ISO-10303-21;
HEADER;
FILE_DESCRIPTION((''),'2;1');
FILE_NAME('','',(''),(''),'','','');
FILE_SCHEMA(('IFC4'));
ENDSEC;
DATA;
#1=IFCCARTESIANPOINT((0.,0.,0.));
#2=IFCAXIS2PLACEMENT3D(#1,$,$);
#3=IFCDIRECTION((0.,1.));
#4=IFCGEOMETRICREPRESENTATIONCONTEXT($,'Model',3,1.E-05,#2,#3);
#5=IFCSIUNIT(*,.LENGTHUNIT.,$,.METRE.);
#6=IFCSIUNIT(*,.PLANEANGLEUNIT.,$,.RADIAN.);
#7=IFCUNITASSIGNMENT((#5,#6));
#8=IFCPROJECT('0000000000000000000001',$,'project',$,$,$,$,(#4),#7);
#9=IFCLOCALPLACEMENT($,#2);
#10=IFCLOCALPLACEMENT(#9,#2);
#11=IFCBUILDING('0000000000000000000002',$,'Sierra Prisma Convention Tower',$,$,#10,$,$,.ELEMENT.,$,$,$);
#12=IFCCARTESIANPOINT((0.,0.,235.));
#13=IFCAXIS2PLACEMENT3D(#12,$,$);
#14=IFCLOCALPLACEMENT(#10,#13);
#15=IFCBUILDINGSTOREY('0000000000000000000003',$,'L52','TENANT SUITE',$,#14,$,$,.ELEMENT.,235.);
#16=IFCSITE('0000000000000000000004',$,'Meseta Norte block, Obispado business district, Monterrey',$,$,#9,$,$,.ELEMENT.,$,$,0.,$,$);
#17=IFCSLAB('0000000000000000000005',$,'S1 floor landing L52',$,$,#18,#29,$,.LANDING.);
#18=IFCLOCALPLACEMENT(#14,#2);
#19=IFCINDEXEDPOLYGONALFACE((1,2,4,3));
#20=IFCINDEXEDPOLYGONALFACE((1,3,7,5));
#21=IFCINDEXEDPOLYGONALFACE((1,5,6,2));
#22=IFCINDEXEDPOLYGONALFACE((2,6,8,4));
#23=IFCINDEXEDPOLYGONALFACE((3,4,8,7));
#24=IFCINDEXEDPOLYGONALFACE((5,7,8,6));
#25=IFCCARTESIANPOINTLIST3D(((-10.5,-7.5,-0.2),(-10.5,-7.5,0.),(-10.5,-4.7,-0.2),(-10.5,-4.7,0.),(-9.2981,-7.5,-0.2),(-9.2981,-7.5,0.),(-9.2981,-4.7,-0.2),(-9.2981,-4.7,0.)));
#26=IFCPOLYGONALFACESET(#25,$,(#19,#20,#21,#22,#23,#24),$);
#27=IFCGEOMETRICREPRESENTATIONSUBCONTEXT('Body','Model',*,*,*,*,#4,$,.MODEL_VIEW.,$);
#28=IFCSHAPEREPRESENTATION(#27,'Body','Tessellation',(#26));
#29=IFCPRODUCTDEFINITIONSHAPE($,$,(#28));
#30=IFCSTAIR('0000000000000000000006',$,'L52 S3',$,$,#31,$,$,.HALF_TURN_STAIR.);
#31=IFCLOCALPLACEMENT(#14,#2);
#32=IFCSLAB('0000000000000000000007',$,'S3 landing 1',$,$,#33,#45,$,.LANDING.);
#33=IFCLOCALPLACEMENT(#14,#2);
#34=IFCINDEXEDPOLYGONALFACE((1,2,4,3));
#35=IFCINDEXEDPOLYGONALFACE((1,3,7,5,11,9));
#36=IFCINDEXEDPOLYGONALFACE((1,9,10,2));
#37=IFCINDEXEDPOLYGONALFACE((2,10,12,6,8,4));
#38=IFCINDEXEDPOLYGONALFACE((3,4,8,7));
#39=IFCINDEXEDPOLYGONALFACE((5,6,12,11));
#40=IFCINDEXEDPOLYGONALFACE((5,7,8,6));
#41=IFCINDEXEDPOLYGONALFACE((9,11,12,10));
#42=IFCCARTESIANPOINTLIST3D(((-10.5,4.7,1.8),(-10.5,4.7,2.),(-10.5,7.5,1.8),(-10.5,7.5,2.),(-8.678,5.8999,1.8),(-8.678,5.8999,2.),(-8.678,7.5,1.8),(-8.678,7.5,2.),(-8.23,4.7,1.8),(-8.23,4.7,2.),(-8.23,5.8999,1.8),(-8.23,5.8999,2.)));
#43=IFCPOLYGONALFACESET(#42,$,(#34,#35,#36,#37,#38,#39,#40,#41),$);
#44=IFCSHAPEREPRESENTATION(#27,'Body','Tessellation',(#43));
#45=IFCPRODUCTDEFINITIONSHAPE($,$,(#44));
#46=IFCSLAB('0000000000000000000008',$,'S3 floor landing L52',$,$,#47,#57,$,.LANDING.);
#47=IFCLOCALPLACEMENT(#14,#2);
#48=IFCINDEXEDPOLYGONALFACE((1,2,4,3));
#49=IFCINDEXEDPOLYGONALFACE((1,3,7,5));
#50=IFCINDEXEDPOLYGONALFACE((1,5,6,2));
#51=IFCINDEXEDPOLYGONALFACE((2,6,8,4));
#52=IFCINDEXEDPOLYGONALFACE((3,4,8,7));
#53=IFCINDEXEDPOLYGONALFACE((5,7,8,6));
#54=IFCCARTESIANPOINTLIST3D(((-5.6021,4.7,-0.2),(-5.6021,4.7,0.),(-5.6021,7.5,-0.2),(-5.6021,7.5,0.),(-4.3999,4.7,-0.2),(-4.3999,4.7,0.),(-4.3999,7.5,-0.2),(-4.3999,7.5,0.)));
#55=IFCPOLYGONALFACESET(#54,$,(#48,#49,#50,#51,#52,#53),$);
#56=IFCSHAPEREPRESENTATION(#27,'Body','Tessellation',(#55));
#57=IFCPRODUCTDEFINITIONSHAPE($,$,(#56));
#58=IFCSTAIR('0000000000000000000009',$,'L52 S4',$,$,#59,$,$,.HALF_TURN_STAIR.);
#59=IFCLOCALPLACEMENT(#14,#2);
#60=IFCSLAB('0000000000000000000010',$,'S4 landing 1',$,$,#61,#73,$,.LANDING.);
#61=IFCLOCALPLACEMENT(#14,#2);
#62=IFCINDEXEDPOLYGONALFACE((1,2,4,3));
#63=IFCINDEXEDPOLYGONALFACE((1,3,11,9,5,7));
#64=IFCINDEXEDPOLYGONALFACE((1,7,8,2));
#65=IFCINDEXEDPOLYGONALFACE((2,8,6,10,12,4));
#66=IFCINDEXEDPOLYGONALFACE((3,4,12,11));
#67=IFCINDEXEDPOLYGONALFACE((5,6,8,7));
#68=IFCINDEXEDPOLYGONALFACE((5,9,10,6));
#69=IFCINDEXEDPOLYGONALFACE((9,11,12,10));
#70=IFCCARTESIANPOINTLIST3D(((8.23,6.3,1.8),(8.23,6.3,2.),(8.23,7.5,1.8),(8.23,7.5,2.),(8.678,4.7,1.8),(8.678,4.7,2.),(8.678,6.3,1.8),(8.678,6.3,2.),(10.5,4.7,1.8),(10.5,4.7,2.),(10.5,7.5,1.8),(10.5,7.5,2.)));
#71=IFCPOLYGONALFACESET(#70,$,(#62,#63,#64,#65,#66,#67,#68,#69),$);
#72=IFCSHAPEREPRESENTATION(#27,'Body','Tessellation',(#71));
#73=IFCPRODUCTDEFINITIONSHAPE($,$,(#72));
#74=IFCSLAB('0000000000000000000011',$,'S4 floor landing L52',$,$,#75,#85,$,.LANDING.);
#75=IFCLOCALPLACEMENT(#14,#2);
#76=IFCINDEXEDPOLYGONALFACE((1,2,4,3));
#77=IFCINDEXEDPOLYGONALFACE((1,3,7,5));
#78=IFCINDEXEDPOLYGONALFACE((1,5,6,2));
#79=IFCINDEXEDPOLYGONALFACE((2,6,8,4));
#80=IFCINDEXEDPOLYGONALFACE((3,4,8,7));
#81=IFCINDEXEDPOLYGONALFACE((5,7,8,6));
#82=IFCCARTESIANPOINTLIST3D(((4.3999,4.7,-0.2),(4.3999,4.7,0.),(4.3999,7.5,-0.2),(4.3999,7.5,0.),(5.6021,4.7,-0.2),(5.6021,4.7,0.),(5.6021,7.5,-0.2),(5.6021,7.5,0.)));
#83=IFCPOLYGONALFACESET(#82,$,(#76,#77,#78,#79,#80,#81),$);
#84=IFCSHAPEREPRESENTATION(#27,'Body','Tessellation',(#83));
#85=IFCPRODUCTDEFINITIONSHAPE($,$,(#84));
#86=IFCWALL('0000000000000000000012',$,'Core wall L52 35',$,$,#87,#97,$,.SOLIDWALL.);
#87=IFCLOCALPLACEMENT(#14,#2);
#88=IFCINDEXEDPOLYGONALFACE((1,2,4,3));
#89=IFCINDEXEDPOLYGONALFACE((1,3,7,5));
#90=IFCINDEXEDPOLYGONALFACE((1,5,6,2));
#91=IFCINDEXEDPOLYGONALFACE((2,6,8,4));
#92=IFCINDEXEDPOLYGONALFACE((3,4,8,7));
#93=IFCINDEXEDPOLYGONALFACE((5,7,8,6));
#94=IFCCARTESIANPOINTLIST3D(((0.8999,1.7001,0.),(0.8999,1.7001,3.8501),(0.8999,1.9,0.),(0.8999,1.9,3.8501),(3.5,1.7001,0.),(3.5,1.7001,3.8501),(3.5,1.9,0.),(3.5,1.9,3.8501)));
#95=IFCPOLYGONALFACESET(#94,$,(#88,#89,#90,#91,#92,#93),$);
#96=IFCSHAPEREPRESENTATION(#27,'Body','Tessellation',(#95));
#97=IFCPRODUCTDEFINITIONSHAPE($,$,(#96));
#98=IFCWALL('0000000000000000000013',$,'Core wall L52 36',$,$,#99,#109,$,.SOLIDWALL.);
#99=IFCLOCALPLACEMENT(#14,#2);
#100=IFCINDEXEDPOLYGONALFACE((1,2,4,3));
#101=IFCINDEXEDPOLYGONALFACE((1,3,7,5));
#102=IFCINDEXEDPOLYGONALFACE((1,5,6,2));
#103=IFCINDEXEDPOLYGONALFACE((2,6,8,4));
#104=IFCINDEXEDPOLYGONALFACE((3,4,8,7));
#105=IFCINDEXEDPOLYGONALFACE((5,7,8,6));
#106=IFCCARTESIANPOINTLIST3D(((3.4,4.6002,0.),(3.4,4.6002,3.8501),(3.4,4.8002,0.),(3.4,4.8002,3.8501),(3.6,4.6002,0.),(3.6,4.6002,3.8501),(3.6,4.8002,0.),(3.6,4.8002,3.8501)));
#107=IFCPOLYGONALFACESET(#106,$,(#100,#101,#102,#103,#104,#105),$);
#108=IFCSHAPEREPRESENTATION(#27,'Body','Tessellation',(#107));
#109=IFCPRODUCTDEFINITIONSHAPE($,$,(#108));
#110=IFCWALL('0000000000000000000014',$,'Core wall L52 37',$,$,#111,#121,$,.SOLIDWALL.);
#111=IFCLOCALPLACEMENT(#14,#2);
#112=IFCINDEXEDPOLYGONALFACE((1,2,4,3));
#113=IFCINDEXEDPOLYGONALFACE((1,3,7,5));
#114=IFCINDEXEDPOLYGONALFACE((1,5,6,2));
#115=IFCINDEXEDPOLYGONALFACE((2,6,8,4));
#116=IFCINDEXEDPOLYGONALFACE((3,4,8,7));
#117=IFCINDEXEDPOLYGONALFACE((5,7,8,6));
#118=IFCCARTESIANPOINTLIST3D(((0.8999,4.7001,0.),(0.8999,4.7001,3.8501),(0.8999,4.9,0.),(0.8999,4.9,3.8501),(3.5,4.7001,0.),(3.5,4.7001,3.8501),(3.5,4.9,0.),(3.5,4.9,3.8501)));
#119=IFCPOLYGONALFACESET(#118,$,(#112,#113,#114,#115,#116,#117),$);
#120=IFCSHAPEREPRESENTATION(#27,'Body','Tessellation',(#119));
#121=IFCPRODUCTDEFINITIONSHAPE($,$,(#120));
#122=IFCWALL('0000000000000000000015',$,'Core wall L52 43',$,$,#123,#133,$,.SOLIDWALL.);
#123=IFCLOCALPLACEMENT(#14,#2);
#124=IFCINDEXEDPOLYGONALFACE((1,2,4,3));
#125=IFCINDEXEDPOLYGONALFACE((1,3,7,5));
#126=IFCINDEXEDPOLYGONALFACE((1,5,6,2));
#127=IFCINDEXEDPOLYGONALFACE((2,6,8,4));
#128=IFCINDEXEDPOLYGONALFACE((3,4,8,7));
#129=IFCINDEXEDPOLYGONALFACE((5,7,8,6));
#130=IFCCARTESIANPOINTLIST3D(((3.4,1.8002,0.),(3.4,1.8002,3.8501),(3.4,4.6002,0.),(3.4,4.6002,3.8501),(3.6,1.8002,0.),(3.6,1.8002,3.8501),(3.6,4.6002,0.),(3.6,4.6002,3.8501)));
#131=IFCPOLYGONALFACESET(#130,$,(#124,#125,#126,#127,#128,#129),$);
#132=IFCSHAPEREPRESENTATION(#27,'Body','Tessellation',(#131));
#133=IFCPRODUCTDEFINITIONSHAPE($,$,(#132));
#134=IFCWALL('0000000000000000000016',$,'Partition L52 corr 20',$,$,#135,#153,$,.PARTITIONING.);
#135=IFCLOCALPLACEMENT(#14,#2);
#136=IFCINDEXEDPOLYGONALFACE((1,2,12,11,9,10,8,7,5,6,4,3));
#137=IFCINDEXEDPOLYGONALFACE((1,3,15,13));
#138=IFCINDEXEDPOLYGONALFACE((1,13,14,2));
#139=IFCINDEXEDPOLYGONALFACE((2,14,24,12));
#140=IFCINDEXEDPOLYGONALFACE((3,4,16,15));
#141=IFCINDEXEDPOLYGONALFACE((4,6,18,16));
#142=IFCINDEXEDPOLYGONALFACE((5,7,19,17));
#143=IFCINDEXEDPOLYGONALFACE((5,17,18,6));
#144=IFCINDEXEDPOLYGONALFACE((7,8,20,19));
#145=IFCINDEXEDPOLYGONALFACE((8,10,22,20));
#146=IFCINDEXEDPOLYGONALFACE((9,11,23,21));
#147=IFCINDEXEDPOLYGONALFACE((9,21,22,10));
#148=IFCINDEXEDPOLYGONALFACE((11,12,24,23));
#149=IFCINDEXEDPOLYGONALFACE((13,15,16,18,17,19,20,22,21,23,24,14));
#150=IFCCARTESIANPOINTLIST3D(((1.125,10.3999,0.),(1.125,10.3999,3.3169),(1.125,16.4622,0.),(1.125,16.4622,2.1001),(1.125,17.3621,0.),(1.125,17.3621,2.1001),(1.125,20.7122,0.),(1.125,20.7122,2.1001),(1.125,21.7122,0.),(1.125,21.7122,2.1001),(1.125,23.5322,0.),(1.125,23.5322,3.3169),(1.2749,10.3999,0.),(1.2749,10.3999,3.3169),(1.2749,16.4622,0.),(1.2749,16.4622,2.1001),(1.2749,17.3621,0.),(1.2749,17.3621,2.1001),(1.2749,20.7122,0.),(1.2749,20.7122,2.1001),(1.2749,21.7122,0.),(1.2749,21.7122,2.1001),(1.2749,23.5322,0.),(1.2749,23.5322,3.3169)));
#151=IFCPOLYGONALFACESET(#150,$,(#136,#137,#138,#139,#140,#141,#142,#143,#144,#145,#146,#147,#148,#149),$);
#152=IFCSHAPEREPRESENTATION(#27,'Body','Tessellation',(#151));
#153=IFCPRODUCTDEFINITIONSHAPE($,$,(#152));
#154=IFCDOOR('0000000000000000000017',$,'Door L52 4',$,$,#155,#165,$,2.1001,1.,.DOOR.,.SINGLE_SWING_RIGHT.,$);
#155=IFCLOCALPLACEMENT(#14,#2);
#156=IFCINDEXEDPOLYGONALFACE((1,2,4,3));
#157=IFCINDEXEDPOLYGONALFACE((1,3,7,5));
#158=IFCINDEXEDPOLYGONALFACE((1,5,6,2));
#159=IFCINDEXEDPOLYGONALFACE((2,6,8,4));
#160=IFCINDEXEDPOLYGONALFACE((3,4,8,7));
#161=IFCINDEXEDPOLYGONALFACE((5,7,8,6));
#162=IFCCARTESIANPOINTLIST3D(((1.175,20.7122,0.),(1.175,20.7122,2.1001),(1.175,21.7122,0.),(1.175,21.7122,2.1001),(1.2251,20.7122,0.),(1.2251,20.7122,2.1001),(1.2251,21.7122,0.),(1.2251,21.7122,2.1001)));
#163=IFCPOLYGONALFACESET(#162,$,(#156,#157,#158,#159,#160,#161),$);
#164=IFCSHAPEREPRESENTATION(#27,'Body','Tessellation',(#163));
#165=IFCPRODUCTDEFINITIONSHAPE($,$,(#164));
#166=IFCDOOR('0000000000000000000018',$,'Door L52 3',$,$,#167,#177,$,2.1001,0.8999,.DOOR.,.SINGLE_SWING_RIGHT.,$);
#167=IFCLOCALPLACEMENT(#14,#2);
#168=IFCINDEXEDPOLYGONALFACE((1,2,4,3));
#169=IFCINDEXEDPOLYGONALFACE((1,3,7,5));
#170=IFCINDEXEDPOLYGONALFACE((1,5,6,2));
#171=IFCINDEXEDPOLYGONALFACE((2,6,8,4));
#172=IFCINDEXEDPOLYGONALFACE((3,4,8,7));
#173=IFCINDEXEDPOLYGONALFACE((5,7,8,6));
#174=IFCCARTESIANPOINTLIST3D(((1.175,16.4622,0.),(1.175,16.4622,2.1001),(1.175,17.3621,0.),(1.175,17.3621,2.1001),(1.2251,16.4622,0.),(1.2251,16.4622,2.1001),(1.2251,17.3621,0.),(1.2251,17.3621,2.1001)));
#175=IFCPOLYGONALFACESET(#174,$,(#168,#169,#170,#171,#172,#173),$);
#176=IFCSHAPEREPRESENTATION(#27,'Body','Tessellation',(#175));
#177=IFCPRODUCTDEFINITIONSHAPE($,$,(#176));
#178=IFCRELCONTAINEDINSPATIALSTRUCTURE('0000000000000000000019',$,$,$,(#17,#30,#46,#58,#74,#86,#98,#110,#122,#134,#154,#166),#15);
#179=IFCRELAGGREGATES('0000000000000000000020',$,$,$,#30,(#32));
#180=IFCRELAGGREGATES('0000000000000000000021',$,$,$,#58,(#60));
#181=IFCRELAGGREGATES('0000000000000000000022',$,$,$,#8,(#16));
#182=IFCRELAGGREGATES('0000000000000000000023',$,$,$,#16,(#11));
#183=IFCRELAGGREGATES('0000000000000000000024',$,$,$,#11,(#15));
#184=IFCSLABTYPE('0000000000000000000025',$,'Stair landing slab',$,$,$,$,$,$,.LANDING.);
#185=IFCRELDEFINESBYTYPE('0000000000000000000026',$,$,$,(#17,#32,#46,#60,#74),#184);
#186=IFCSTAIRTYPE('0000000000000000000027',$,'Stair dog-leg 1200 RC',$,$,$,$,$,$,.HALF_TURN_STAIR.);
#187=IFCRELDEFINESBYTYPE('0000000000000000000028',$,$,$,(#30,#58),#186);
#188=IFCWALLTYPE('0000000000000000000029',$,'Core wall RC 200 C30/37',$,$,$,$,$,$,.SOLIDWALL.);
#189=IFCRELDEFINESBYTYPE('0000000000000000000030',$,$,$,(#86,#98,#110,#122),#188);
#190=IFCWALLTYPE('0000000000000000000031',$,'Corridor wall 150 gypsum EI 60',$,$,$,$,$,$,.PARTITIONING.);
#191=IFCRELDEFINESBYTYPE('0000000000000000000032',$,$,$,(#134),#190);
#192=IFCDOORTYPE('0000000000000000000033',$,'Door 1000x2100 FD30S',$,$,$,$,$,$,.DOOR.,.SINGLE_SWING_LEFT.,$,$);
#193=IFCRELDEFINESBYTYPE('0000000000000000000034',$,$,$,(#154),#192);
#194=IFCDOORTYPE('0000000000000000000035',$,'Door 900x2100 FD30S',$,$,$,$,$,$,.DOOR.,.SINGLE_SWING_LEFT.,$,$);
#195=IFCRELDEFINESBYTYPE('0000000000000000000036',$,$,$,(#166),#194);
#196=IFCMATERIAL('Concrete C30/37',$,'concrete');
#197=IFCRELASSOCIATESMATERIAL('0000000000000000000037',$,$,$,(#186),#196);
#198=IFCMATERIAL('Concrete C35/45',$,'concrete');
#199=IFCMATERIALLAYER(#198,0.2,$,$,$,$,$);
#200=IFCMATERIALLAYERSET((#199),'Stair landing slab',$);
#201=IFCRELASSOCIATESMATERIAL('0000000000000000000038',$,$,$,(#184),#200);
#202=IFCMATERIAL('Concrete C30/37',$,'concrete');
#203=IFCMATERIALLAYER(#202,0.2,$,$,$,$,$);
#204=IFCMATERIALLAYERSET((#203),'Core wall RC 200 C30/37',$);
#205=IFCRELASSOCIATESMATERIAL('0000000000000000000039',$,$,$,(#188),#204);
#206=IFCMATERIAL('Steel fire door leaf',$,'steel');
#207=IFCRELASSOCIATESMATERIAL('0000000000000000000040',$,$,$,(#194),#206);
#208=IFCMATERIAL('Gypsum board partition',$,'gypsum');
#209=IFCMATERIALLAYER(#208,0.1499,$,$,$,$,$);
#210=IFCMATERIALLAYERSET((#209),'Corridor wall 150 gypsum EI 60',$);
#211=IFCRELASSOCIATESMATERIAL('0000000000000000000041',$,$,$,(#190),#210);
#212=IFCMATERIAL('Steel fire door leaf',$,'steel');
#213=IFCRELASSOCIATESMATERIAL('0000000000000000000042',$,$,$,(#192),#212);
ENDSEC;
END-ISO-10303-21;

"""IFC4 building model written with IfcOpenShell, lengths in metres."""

from ifc_helpers import new_model, si_unit, direction, frame, frame_2d, origin, place, context, subcontext, project, spatial, polyline, rectangle, outline, extrude, material, layer, layer_set, type_object, element, fill, aggregate, save


model = new_model("IFC4")

# Units and contexts
model_context = context("Model", 3, precision=1e-05, world=origin(), true_north=direction((0.0, 1.0)))
body_context = subcontext(model_context, "Body", "Model", "MODEL_VIEW")
ifc_project = project(units=[si_unit("LENGTHUNIT", "METRE"), si_unit("PLANEANGLEUNIT", "RADIAN")], contexts=[model_context])

# Site, building, storey
site_placement = place(None, origin())
site = spatial("IfcSite", under=ifc_project, at=site_placement, Name="Meseta Norte block, Obispado business district, Monterrey", CompositionType="ELEMENT", RefElevation=0.0)
building_placement = place(site_placement, origin())
building = spatial("IfcBuilding", under=site, at=building_placement, Name="Sierra Prisma Convention Tower", CompositionType="ELEMENT")
storey_placement = place(building_placement, frame((0.0, 0.0, 235.0)))
storey = spatial("IfcBuildingStorey", under=building, at=storey_placement, Name="L52", Description="TENANT SUITE", CompositionType="ELEMENT", Elevation=235.0)

# Shared definitions
ifc_material_1 = material(Name="Concrete C30/37", Category="concrete")
stair_type = type_object("IfcStairType", Name="Stair dog-leg 1200 RC", PredefinedType="HALF_TURN_STAIR", material=ifc_material_1)
ifc_material_2 = material(Name="Concrete C35/45", Category="concrete")
ifc_layer_1 = layer(ifc_material_2, 0.2)
ifc_layer_set_1 = layer_set([ifc_layer_1], Name="Stair landing slab")
slab_type_1 = type_object("IfcSlabType", Name="Stair landing slab", PredefinedType="LANDING", material=ifc_layer_set_1)

# Slab
slab_1_placement = place(storey_placement, frame((0.0, 0.0, -0.2)))
element("IfcSlab", 1, at=slab_1_placement, inside=storey, type_object=slab_type_1, Name="S1 floor landing L52", PredefinedType="LANDING", context=body_context, shape_type="SweptSolid", body=[
    extrude(outline(polyline([(-10.5, -7.5), (-9.2981, -7.5), (-9.2981, -4.7), (-10.5, -4.7), (-10.5, -7.5)])), origin(), (0.0, 0.0, 1.0), 0.2),
])

# Stair, slab
stair_1_placement = place(storey_placement, origin())
stair_1 = element("IfcStair", 2, at=stair_1_placement, inside=storey, type_object=stair_type, Name="L52 S3", PredefinedType="HALF_TURN_STAIR")
slab_2_placement = place(storey_placement, frame((0.0, 0.0, 1.8)))
slab_2 = element("IfcSlab", 3, at=slab_2_placement, type_object=slab_type_1, Name="S3 landing 1", PredefinedType="LANDING", context=body_context, shape_type="SweptSolid", body=[
    extrude(outline(polyline([(-8.23, 5.8999), (-8.23, 4.7), (-10.5, 4.7), (-10.5, 7.5), (-8.678, 7.5), (-8.678, 5.8999), (-8.23, 5.8999)])), origin(), (0.0, 0.0, 1.0), 0.2),
])
aggregate(stair_1, [slab_2])

# Slab
slab_3_placement = place(storey_placement, frame((0.0, 0.0, -0.2)))
element("IfcSlab", 4, at=slab_3_placement, inside=storey, type_object=slab_type_1, Name="S3 floor landing L52", PredefinedType="LANDING", context=body_context, shape_type="SweptSolid", body=[
    extrude(outline(polyline([(-4.3999, 7.5), (-5.6021, 7.5), (-5.6021, 4.7), (-4.3999, 4.7), (-4.3999, 7.5)])), origin(), (0.0, 0.0, 1.0), 0.2),
])

# Stair, slab
stair_2_placement = place(storey_placement, origin())
stair_2 = element("IfcStair", 5, at=stair_2_placement, inside=storey, type_object=stair_type, Name="L52 S4", PredefinedType="HALF_TURN_STAIR")
slab_4_placement = place(storey_placement, frame((0.0, 0.0, 1.8)))
slab_4 = element("IfcSlab", 6, at=slab_4_placement, type_object=slab_type_1, Name="S4 landing 1", PredefinedType="LANDING", context=body_context, shape_type="SweptSolid", body=[
    extrude(outline(polyline([(10.5, 7.5), (10.5, 4.7), (8.678, 4.7), (8.678, 6.3), (8.23, 6.3), (8.23, 7.5), (10.5, 7.5)])), origin(), (0.0, 0.0, 1.0), 0.2),
])
aggregate(stair_2, [slab_4])

# Slab
slab_5_placement = place(storey_placement, frame((0.0, 0.0, -0.2)))
element("IfcSlab", 7, at=slab_5_placement, inside=storey, type_object=slab_type_1, Name="S4 floor landing L52", PredefinedType="LANDING", context=body_context, shape_type="SweptSolid", body=[
    extrude(outline(polyline([(4.3999, 4.7), (5.6021, 4.7), (5.6021, 7.5), (4.3999, 7.5), (4.3999, 4.7)])), origin(), (0.0, 0.0, 1.0), 0.2),
])

# Shared definitions
ifc_material_3 = material(Name="Concrete C30/37", Category="concrete")
ifc_layer_2 = layer(ifc_material_3, 0.2)
ifc_layer_set_2 = layer_set([ifc_layer_2], Name="Core wall RC 200 C30/37")
wall_type_1 = type_object("IfcWallType", Name="Core wall RC 200 C30/37", PredefinedType="SOLIDWALL", material=ifc_layer_set_2)

# Walls
wall_1_placement = place(storey_placement, frame((3.5, 1.8, 0.0), z_axis=(0.0, 0.0, 1.0), x_axis=(-1.0, 0.0, 0.0)))
element("IfcWall", 8, at=wall_1_placement, inside=storey, type_object=wall_type_1, Name="Core wall L52 35", PredefinedType="SOLIDWALL", context=body_context, shape_type="SweptSolid", body=[
    extrude(rectangle(XDim=2.6001, YDim=0.2, at=frame_2d((1.3, 0.0))), origin(), (0.0, 0.0, 1.0), 3.8501),
])
wall_2_placement = place(storey_placement, frame((3.5, 4.6001, 0.0), z_axis=(0.0, 0.0, 1.0), x_axis=(0.0, 1.0, 0.0)))
element("IfcWall", 9, at=wall_2_placement, inside=storey, type_object=wall_type_1, Name="Core wall L52 36", PredefinedType="SOLIDWALL", context=body_context, shape_type="SweptSolid", body=[
    extrude(rectangle(XDim=0.2, YDim=0.2, at=frame_2d((0.1001, 0.0))), origin(), (0.0, 0.0, 1.0), 3.8501),
])
wall_3_placement = place(storey_placement, frame((3.5, 4.8, 0.0), z_axis=(0.0, 0.0, 1.0), x_axis=(-1.0, 0.0, 0.0)))
element("IfcWall", 10, at=wall_3_placement, inside=storey, type_object=wall_type_1, Name="Core wall L52 37", PredefinedType="SOLIDWALL", context=body_context, shape_type="SweptSolid", body=[
    extrude(rectangle(XDim=2.6001, YDim=0.2, at=frame_2d((1.3, 0.0))), origin(), (0.0, 0.0, 1.0), 3.8501),
])

# Shared definitions
ifc_material_4 = material(Name="Steel fire door leaf", Category="steel")
door_type_1 = type_object("IfcDoorType", Name="Door 900x2100 FD30S", OperationType="SINGLE_SWING_LEFT", PredefinedType="DOOR", material=ifc_material_4)

# Wall
wall_4_placement = place(storey_placement, frame((3.5, 4.6001, 0.0), z_axis=(0.0, 0.0, 1.0), x_axis=(0.0, -1.0, 0.0)))
element("IfcWall", 11, at=wall_4_placement, inside=storey, type_object=wall_type_1, Name="Core wall L52 43", PredefinedType="SOLIDWALL", context=body_context, shape_type="SweptSolid", body=[
    extrude(rectangle(XDim=2.8, YDim=0.2, at=frame_2d((1.3999, 0.0))), origin(), (0.0, 0.0, 1.0), 3.8501),
])

# Wall, openings, doors
ifc_material_5 = material(Name="Gypsum board partition", Category="gypsum")
ifc_layer_3 = layer(ifc_material_5, 0.1499)
ifc_layer_set_3 = layer_set([ifc_layer_3], Name="Corridor wall 150 gypsum EI 60")
wall_type_2 = type_object("IfcWallType", Name="Corridor wall 150 gypsum EI 60", PredefinedType="PARTITIONING", material=ifc_layer_set_3)
wall_5_placement = place(storey_placement, frame((1.2, 10.3999, 0.0), z_axis=(0.0, 0.0, 1.0), x_axis=(0.0, 1.0, 0.0)))
wall_5 = element("IfcWall", 12, at=wall_5_placement, inside=storey, type_object=wall_type_2, Name="Partition L52 corr 20", PredefinedType="PARTITIONING", context=body_context, shape_type="SweptSolid", body=[
    extrude(rectangle(XDim=13.1323, YDim=0.1499, at=frame_2d((6.5662, 0.0))), origin(), (0.0, 0.0, 1.0), 3.3169),
])
opening_1_placement = place(wall_5_placement, frame((6.0623, 0.0, 0.0)))
opening_1 = element("IfcOpeningElement", 13, at=opening_1_placement, cuts=wall_5, PredefinedType="OPENING", context=body_context, shape_type="SweptSolid", body=[
    extrude(rectangle(XDim=0.8999, YDim=2.1001, at=frame_2d((0.45, 1.05))), frame((0.0, 0.075, 0.0), z_axis=(0.0, -1.0, 0.0), x_axis=(1.0, 0.0, 0.0)), (0.0, 0.0, 1.0), 0.1499),
])
opening_2_placement = place(wall_5_placement, frame((10.3123, 0.0, 0.0)))
opening_2 = element("IfcOpeningElement", 14, at=opening_2_placement, cuts=wall_5, PredefinedType="OPENING", context=body_context, shape_type="SweptSolid", body=[
    extrude(rectangle(XDim=1.0, YDim=2.1001, at=frame_2d((0.5, 1.05))), frame((0.0, 0.075, 0.0), z_axis=(0.0, -1.0, 0.0), x_axis=(1.0, 0.0, 0.0)), (0.0, 0.0, 1.0), 0.1499),
])
ifc_material_6 = material(Name="Steel fire door leaf", Category="steel")
door_type_2 = type_object("IfcDoorType", Name="Door 1000x2100 FD30S", OperationType="SINGLE_SWING_LEFT", PredefinedType="DOOR", material=ifc_material_6)
door_1_placement = place(opening_2_placement, origin())
door_1 = element("IfcDoor", 15, at=door_1_placement, inside=storey, type_object=door_type_2, Name="Door L52 4", OperationType="SINGLE_SWING_RIGHT", OverallHeight=2.1001, OverallWidth=1.0, PredefinedType="DOOR", context=body_context, shape_type="SweptSolid", body=[
    extrude(rectangle(XDim=1.0, YDim=2.1001, at=frame_2d((0.5, 1.05))), frame((0.0, 0.0249, 0.0), z_axis=(0.0, -1.0, 0.0), x_axis=(1.0, 0.0, 0.0)), (0.0, 0.0, 1.0), 0.05),
])
fill(opening_2, door_1)
door_2_placement = place(opening_1_placement, origin())
door_2 = element("IfcDoor", 16, at=door_2_placement, inside=storey, type_object=door_type_1, Name="Door L52 3", OperationType="SINGLE_SWING_RIGHT", OverallHeight=2.1001, OverallWidth=0.8999, PredefinedType="DOOR", context=body_context, shape_type="SweptSolid", body=[
    extrude(rectangle(XDim=0.8999, YDim=2.1001, at=frame_2d((0.45, 1.05))), frame((0.0, 0.0249, 0.0), z_axis=(0.0, -1.0, 0.0), x_axis=(1.0, 0.0, 0.0)), (0.0, 0.0, 1.0), 0.05),
])
fill(opening_1, door_2)

save(model, "model.ifc")
